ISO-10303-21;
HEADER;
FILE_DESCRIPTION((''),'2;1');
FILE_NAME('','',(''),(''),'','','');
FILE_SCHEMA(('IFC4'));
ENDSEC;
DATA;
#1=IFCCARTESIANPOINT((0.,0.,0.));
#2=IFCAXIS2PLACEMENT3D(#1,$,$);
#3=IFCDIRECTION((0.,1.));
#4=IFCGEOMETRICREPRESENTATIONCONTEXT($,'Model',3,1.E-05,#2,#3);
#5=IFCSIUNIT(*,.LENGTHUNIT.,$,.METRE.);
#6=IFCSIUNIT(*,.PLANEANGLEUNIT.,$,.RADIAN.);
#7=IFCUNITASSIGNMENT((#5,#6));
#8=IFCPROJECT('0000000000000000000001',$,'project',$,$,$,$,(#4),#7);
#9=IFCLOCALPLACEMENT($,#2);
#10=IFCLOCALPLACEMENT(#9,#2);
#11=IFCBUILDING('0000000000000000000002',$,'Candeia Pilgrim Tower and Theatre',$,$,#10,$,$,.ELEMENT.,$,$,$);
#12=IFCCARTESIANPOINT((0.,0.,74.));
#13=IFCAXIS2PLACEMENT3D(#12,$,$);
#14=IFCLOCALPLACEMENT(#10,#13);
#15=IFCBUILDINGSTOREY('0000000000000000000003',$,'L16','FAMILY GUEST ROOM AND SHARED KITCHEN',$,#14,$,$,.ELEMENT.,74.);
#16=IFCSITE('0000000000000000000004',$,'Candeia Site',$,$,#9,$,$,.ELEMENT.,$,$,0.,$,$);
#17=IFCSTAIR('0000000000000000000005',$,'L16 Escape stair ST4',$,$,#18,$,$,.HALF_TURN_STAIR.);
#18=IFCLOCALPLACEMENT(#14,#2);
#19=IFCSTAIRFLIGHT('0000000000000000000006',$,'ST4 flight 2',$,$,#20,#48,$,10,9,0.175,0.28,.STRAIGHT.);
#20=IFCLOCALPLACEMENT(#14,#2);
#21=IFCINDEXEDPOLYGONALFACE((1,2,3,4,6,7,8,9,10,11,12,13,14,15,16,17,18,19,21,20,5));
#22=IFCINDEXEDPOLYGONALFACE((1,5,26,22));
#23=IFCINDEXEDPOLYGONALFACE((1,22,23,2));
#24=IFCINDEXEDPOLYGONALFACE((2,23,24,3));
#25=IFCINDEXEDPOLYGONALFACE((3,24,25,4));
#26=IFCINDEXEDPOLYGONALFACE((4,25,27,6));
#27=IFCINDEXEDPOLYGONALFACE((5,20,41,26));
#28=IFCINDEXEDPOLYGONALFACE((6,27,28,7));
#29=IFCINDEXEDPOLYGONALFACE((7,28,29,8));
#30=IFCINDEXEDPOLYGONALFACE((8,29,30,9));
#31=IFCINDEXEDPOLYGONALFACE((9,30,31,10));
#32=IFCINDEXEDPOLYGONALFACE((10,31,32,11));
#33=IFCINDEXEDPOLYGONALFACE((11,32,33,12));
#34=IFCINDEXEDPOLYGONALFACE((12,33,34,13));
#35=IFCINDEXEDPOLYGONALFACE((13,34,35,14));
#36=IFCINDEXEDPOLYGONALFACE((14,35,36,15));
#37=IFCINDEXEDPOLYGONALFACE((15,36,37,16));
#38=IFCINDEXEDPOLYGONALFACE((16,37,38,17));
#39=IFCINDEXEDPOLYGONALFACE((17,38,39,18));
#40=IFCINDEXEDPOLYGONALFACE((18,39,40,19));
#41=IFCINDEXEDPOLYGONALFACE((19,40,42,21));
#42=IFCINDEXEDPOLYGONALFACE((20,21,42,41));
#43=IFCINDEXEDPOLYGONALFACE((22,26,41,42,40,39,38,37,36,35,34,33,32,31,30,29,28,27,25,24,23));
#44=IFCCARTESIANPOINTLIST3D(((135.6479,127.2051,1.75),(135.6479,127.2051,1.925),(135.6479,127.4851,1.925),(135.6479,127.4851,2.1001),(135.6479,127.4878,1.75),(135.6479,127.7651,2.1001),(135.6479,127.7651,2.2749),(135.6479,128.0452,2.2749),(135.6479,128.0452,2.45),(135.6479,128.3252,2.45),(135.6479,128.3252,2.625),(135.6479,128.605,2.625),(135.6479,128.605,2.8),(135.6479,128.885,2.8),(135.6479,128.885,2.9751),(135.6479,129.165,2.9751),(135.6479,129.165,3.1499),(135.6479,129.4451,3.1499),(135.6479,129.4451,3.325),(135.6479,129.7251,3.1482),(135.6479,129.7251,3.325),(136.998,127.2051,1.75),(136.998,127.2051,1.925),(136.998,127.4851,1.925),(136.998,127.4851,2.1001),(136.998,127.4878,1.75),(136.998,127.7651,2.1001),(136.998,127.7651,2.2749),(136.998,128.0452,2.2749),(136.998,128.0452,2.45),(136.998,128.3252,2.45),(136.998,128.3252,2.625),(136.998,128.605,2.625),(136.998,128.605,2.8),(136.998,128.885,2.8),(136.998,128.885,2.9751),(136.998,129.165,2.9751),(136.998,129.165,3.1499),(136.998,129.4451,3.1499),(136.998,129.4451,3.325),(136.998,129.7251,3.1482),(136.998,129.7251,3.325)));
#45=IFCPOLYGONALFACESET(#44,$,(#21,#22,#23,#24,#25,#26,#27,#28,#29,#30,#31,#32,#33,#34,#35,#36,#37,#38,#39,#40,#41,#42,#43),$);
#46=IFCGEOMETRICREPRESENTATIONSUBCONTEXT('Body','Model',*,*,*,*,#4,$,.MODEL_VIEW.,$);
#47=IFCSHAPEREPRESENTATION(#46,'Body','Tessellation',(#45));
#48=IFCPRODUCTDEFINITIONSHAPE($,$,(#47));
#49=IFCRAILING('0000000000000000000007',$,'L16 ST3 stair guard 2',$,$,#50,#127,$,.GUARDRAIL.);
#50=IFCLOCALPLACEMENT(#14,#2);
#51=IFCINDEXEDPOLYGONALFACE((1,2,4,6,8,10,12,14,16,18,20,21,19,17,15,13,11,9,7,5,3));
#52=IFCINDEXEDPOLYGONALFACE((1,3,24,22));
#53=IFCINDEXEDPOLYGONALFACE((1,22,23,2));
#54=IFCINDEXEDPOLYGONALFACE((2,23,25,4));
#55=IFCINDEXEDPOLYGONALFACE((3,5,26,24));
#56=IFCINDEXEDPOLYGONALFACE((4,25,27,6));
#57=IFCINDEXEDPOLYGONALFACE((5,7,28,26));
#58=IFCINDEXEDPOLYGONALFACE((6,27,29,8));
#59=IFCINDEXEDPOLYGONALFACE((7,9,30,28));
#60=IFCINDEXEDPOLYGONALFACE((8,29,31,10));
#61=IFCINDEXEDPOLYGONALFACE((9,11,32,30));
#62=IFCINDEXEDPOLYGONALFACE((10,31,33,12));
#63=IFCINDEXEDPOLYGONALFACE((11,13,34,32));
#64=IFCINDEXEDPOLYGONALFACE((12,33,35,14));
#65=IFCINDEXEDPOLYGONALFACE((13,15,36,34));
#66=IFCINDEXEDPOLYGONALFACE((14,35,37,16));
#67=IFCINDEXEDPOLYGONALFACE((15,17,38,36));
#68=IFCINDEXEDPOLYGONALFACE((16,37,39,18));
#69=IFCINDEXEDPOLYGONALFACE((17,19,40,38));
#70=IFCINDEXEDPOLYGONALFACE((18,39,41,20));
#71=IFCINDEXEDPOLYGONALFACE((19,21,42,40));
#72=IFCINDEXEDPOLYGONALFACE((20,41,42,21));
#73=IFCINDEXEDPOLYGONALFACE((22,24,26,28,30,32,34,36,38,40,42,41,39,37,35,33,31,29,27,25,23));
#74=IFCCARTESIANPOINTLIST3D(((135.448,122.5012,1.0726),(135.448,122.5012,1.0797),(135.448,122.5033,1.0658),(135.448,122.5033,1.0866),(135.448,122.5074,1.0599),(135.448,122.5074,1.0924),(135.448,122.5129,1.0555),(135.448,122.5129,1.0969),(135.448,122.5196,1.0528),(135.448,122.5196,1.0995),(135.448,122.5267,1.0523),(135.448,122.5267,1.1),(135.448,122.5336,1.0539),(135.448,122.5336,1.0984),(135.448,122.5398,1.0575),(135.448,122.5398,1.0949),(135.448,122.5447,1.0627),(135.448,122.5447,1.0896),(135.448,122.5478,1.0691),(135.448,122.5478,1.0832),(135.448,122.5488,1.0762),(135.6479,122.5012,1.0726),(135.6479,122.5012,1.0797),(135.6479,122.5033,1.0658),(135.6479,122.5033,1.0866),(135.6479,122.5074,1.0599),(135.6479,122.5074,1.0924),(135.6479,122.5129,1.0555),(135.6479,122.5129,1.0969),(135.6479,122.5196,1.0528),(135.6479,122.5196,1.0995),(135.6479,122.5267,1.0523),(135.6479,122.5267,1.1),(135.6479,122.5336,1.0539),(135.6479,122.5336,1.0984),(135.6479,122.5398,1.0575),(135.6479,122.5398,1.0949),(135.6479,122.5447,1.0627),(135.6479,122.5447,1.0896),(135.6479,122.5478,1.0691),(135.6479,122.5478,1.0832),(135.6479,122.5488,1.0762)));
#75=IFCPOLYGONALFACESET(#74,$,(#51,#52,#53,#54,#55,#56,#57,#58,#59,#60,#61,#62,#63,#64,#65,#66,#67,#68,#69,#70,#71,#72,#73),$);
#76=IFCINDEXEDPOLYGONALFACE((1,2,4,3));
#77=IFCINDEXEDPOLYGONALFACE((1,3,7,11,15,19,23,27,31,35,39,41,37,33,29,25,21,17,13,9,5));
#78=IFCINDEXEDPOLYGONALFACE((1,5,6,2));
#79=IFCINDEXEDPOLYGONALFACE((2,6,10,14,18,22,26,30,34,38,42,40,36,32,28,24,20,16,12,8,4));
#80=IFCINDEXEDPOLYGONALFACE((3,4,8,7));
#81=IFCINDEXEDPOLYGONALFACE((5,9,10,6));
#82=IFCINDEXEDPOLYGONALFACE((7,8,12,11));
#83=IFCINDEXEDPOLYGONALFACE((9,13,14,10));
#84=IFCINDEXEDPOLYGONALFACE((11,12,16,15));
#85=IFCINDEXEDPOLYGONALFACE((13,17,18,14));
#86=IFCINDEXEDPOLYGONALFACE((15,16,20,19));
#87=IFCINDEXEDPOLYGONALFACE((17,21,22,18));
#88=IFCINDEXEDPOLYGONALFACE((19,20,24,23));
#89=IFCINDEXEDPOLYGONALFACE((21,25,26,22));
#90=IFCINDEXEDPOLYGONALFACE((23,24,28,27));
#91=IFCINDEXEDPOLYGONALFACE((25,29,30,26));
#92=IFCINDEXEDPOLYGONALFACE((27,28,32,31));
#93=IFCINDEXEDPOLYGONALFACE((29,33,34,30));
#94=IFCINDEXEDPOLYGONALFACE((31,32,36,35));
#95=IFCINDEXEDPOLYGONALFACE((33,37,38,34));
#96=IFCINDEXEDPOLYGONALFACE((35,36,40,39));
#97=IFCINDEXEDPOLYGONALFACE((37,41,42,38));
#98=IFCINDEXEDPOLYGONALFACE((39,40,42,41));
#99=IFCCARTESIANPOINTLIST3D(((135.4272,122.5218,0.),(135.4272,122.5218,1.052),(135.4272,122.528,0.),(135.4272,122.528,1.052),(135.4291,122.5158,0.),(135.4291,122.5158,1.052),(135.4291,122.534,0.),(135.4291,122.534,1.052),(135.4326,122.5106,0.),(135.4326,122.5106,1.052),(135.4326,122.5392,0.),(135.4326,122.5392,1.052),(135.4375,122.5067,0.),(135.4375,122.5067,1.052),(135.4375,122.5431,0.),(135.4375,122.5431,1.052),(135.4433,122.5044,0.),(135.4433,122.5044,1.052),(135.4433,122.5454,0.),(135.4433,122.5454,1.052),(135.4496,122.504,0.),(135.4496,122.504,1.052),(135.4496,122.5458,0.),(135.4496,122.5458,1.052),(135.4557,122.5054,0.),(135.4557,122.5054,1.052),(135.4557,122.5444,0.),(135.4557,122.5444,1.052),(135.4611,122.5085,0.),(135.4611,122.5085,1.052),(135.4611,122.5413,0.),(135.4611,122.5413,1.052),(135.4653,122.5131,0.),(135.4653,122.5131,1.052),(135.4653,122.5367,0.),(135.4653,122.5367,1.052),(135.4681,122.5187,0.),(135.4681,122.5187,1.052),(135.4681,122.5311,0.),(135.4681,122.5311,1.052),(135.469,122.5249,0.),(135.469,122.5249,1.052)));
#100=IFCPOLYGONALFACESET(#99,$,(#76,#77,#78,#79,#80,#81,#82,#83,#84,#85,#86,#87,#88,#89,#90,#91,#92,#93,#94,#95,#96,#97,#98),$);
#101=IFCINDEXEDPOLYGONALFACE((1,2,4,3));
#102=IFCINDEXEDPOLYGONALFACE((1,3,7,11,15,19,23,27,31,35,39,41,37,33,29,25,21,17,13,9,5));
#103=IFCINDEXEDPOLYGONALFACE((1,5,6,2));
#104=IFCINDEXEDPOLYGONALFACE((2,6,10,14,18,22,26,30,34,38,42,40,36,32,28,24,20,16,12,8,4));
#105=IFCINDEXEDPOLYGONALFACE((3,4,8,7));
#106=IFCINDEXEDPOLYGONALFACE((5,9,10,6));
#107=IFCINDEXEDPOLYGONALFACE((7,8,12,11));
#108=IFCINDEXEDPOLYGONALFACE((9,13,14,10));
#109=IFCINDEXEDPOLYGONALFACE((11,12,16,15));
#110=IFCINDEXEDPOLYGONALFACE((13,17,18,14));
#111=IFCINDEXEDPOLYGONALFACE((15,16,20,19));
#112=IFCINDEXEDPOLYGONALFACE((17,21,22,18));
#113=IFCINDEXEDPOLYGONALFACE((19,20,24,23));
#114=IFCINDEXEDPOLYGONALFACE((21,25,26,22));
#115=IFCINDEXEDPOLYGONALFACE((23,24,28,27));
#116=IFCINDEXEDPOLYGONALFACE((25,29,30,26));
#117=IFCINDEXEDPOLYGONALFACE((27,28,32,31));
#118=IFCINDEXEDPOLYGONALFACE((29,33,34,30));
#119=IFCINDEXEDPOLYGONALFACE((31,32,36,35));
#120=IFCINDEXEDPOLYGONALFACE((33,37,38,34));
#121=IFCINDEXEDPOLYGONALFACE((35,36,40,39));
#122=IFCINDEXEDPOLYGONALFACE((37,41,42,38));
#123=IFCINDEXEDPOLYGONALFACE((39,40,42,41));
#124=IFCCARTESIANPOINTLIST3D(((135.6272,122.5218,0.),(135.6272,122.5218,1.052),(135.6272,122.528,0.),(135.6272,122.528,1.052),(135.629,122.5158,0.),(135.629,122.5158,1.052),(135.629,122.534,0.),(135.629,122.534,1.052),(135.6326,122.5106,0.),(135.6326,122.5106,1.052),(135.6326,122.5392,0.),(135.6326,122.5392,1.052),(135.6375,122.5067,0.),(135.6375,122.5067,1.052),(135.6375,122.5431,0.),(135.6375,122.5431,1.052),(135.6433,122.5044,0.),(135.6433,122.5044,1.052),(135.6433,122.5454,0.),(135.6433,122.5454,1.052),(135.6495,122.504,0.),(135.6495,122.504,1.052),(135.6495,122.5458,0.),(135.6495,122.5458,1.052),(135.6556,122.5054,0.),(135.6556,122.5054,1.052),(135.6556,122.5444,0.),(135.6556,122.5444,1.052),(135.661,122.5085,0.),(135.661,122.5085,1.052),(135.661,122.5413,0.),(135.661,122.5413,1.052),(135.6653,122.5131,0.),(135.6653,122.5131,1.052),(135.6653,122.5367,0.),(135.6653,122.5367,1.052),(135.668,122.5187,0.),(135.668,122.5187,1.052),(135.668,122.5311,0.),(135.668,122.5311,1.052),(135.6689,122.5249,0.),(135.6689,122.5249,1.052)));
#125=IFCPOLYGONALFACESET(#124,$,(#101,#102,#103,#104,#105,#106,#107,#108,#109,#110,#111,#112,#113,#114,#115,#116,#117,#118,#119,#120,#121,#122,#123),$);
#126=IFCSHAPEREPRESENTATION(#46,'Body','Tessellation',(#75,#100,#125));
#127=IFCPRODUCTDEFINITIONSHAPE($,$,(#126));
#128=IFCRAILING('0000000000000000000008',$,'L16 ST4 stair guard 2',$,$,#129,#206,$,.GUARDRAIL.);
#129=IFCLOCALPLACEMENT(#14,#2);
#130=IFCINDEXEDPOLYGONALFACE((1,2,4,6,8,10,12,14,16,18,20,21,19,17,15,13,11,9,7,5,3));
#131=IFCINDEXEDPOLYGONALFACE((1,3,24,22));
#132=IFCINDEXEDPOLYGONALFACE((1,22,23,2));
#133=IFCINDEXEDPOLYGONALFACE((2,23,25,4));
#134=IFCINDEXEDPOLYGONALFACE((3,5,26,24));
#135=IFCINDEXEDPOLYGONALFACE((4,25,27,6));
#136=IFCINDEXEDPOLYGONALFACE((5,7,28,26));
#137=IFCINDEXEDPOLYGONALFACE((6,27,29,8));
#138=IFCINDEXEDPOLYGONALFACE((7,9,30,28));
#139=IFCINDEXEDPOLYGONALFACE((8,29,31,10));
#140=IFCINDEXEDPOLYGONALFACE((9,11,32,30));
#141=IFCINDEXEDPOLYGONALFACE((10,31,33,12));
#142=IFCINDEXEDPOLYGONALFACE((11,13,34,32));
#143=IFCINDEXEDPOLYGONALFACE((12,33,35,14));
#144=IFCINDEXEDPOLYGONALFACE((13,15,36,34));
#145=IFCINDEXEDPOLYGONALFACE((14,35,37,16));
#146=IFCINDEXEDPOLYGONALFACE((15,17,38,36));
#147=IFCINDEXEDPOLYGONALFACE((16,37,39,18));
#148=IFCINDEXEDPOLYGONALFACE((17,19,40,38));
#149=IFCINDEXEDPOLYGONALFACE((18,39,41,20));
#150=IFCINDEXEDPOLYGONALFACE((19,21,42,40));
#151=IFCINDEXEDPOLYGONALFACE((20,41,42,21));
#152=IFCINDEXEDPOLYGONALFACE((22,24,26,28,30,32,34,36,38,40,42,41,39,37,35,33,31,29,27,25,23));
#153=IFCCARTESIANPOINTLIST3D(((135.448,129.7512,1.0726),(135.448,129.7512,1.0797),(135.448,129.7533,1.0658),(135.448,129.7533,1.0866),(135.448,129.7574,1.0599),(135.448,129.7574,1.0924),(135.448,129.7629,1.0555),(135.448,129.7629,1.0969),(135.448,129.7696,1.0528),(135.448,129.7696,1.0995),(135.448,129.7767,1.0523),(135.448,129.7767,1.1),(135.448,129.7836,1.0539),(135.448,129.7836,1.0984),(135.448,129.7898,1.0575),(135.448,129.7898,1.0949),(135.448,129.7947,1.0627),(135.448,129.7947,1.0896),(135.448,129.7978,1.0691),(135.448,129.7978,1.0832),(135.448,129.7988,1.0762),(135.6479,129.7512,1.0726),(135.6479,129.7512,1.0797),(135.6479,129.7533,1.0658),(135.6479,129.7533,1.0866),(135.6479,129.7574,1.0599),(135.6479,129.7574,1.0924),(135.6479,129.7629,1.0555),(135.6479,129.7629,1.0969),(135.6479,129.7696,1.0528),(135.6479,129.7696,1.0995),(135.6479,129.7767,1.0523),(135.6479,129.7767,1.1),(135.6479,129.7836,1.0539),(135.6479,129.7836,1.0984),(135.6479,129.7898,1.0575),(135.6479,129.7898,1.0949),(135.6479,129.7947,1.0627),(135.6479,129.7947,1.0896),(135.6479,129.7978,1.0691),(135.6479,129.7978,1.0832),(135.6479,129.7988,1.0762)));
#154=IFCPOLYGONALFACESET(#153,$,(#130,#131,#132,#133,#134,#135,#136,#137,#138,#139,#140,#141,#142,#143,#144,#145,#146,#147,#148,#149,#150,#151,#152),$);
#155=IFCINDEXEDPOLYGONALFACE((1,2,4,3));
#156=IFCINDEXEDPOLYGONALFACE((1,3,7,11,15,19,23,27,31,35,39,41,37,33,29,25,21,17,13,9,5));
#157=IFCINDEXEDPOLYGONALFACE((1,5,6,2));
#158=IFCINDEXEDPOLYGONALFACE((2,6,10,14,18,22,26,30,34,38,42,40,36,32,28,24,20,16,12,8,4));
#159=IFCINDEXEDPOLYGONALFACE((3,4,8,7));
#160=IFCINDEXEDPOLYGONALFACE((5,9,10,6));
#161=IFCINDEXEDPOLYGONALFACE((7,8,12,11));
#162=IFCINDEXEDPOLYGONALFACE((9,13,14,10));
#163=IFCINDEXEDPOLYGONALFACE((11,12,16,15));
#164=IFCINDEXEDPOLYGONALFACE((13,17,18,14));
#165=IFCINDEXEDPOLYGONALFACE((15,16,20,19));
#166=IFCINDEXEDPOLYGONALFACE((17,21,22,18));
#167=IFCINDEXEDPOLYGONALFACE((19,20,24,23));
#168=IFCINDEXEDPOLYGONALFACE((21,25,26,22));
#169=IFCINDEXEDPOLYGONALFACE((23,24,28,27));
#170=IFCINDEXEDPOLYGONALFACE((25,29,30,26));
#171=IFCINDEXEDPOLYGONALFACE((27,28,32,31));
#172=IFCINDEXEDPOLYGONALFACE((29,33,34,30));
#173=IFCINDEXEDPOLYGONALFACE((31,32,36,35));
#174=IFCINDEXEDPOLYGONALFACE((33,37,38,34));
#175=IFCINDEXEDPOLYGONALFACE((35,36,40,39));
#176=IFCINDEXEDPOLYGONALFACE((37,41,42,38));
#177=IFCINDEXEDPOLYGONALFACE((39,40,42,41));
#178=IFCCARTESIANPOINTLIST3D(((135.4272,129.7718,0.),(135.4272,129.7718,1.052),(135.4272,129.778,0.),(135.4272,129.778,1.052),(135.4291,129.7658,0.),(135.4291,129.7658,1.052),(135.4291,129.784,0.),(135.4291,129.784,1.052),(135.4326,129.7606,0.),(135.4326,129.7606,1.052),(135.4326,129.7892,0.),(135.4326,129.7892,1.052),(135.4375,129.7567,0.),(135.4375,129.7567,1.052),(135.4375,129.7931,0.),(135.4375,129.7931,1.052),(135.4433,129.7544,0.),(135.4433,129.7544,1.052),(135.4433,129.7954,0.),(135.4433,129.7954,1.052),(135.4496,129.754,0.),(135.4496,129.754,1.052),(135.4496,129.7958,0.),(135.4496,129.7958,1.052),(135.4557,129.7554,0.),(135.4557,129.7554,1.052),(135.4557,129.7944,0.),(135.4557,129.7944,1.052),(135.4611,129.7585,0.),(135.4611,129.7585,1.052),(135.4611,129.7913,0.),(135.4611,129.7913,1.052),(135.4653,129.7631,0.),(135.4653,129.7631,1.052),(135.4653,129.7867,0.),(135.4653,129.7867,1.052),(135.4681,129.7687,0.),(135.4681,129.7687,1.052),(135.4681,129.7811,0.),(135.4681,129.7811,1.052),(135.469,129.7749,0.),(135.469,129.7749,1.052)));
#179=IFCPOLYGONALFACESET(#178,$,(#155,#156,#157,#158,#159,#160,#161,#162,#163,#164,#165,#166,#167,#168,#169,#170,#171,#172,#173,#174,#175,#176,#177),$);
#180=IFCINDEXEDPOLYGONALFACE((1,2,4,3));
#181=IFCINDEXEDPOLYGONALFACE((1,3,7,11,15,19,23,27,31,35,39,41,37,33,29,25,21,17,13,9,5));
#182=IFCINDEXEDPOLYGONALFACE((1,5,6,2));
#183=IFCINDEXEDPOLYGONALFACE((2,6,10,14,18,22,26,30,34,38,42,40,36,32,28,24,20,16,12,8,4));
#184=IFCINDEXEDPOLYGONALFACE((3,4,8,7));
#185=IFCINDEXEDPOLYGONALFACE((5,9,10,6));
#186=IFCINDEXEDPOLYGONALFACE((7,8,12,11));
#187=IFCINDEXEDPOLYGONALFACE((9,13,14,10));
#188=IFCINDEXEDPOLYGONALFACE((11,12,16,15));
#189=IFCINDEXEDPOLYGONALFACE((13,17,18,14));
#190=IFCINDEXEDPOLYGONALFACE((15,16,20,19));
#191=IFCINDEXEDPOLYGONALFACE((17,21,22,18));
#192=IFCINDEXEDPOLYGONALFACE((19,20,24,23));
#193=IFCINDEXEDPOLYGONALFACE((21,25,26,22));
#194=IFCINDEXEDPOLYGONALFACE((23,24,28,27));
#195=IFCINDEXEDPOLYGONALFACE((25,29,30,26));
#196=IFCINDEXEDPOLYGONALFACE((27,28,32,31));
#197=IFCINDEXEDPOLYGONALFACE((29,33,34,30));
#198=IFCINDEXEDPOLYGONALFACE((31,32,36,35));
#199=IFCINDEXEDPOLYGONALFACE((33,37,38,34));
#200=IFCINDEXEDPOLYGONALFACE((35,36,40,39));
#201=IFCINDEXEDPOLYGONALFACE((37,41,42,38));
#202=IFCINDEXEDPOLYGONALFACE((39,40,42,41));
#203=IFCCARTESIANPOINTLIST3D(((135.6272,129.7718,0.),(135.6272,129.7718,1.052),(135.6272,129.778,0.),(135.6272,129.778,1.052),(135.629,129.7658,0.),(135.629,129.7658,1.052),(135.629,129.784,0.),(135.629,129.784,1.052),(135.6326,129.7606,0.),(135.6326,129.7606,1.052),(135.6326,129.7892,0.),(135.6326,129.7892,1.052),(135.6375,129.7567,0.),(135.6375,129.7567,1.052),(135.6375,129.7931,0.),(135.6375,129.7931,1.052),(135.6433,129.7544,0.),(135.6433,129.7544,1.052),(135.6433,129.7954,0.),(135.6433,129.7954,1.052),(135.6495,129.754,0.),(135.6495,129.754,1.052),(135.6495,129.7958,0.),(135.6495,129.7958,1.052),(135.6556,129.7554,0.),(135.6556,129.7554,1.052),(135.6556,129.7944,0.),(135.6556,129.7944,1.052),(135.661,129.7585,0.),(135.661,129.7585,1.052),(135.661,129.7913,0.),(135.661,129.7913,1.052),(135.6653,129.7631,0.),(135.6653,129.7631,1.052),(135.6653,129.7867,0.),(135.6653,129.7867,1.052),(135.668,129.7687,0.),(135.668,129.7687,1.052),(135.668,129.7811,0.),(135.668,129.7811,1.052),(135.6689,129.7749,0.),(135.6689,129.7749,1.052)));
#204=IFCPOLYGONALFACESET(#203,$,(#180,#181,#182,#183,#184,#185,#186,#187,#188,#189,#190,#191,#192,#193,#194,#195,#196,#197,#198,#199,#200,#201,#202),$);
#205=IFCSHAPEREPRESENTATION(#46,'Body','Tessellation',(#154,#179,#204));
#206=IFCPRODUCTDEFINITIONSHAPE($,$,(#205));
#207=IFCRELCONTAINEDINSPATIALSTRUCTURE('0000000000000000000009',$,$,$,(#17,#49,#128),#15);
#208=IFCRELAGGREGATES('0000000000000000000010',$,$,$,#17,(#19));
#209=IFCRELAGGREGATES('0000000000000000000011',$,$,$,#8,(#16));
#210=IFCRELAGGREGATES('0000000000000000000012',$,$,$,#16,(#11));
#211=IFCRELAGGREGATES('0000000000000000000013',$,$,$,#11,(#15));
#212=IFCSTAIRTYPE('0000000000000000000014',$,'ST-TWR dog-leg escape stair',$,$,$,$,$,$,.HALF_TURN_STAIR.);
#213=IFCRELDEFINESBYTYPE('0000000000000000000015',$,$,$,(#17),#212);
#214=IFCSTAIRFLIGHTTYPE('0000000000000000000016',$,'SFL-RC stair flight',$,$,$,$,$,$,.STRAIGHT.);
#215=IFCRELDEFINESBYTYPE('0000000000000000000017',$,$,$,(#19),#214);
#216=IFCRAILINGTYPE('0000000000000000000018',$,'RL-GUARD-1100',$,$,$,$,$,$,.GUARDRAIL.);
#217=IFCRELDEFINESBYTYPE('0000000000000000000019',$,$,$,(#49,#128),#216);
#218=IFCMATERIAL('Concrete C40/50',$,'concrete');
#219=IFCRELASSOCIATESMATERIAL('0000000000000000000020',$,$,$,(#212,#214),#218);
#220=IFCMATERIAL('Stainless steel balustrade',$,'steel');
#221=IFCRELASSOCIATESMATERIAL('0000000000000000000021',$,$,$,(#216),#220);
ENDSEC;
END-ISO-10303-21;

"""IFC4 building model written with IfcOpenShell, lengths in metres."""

from ifc_helpers import new_model, si_unit, direction, frame, origin, origin_2d, place, context, subcontext, project, spatial, polyline, circle, outline, extrude, material, type_object, element, aggregate, save


model = new_model("IFC4")

# Units and contexts
model_context = context("Model", 3, precision=1e-05, world=origin(), true_north=direction((0.0, 1.0)))
body_context = subcontext(model_context, "Body", "Model", "MODEL_VIEW")
ifc_project = project(units=[si_unit("LENGTHUNIT", "METRE"), si_unit("PLANEANGLEUNIT", "RADIAN")], contexts=[model_context])

# Site, building, storey
site_placement = place(None, origin())
site = spatial("IfcSite", under=ifc_project, at=site_placement, Name="Candeia Site", CompositionType="ELEMENT", RefElevation=0.0)
building_placement = place(site_placement, origin())
building = spatial("IfcBuilding", under=site, at=building_placement, Name="Candeia Pilgrim Tower and Theatre", CompositionType="ELEMENT")
storey_placement = place(building_placement, frame((0.0, 0.0, 74.0)))
storey = spatial("IfcBuildingStorey", under=building, at=storey_placement, Name="L16", Description="FAMILY GUEST ROOM AND SHARED KITCHEN", CompositionType="ELEMENT", Elevation=74.0)

# Shared definitions
ifc_material_1 = material(Name="Concrete C40/50", Category="concrete")

# Stair, stair flight
stair_type = type_object("IfcStairType", Name="ST-TWR dog-leg escape stair", PredefinedType="HALF_TURN_STAIR", material=ifc_material_1)
stair_flight_type = type_object("IfcStairFlightType", Name="SFL-RC stair flight", PredefinedType="STRAIGHT", material=ifc_material_1)
stair_1_placement = place(storey_placement, origin())
stair_1 = element("IfcStair", 1, at=stair_1_placement, inside=storey, type_object=stair_type, Name="L16 Escape stair ST4", PredefinedType="HALF_TURN_STAIR")
stair_flight_1_placement = place(storey_placement, frame((136.323, 127.2051, 1.75), z_axis=(0.0, 0.0, 1.0), x_axis=(0.0, 1.0, 0.0)))
stair_flight_1 = element("IfcStairFlight", 2, at=stair_flight_1_placement, type_object=stair_flight_type, Name="ST4 flight 2", NumberOfRisers=10, NumberOfTreads=9, PredefinedType="STRAIGHT", RiserHeight=0.175, TreadLength=0.28, context=body_context, shape_type="SweptSolid", body=[
    extrude(outline(polyline([(0.0, 0.0), (0.0, 0.175), (0.28, 0.175), (0.28, 0.3501), (0.5601, 0.3501), (0.5601, 0.5249), (0.8401, 0.5249), (0.8401, 0.7), (1.1201, 0.7), (1.1201, 0.875), (1.3999, 0.875), (1.3999, 1.05), (1.6799, 1.05), (1.6799, 1.2251), (1.96, 1.2251), (1.96, 1.3999), (2.24, 1.3999), (2.24, 1.575), (2.52, 1.575), (2.52, 1.75), (2.52, 1.3982), (0.2827, 0.0), (0.0, 0.0)])), frame((0.0, 0.675, 0.0), z_axis=(0.0, -1.0, 0.0), x_axis=(1.0, 0.0, 0.0)), (0.0, 0.0, 1.0), 1.3501),
])
aggregate(stair_1, [stair_flight_1])

# Railings
ifc_material_2 = material(Name="Stainless steel balustrade", Category="steel")
railing_type_1 = type_object("IfcRailingType", Name="RL-GUARD-1100", PredefinedType="GUARDRAIL", material=ifc_material_2)
railing_1_placement = place(storey_placement, frame((135.448, 122.5249, 0.0)))
element("IfcRailing", 3, at=railing_1_placement, inside=storey, type_object=railing_type_1, Name="L16 ST3 stair guard 2", PredefinedType="GUARDRAIL", context=body_context, shape_type="SweptSolid", body=[
    extrude(circle(Radius=0.0239, at=origin_2d()), frame((0.0, 0.0, 1.0762), z_axis=(1.0, 0.0, 0.0), x_axis=(0.0, 1.0, 0.0)), (0.0, 0.0, 1.0), 0.2),
    extrude(circle(Radius=0.021, at=origin_2d()), origin(), (0.0, 0.0, 1.0), 1.052),
    extrude(circle(Radius=0.021, at=origin_2d()), frame((0.2, 0.0, 0.0)), (0.0, 0.0, 1.0), 1.052),
])
railing_2_placement = place(storey_placement, frame((135.448, 129.7749, 0.0)))
element("IfcRailing", 4, at=railing_2_placement, inside=storey, type_object=railing_type_1, Name="L16 ST4 stair guard 2", PredefinedType="GUARDRAIL", context=body_context, shape_type="SweptSolid", body=[
    extrude(circle(Radius=0.0239, at=origin_2d()), frame((0.0, 0.0, 1.0762), z_axis=(1.0, 0.0, 0.0), x_axis=(0.0, 1.0, 0.0)), (0.0, 0.0, 1.0), 0.2),
    extrude(circle(Radius=0.021, at=origin_2d()), origin(), (0.0, 0.0, 1.0), 1.052),
    extrude(circle(Radius=0.021, at=origin_2d()), frame((0.2, 0.0, 0.0)), (0.0, 0.0, 1.0), 1.052),
])

save(model, "model.ifc")
